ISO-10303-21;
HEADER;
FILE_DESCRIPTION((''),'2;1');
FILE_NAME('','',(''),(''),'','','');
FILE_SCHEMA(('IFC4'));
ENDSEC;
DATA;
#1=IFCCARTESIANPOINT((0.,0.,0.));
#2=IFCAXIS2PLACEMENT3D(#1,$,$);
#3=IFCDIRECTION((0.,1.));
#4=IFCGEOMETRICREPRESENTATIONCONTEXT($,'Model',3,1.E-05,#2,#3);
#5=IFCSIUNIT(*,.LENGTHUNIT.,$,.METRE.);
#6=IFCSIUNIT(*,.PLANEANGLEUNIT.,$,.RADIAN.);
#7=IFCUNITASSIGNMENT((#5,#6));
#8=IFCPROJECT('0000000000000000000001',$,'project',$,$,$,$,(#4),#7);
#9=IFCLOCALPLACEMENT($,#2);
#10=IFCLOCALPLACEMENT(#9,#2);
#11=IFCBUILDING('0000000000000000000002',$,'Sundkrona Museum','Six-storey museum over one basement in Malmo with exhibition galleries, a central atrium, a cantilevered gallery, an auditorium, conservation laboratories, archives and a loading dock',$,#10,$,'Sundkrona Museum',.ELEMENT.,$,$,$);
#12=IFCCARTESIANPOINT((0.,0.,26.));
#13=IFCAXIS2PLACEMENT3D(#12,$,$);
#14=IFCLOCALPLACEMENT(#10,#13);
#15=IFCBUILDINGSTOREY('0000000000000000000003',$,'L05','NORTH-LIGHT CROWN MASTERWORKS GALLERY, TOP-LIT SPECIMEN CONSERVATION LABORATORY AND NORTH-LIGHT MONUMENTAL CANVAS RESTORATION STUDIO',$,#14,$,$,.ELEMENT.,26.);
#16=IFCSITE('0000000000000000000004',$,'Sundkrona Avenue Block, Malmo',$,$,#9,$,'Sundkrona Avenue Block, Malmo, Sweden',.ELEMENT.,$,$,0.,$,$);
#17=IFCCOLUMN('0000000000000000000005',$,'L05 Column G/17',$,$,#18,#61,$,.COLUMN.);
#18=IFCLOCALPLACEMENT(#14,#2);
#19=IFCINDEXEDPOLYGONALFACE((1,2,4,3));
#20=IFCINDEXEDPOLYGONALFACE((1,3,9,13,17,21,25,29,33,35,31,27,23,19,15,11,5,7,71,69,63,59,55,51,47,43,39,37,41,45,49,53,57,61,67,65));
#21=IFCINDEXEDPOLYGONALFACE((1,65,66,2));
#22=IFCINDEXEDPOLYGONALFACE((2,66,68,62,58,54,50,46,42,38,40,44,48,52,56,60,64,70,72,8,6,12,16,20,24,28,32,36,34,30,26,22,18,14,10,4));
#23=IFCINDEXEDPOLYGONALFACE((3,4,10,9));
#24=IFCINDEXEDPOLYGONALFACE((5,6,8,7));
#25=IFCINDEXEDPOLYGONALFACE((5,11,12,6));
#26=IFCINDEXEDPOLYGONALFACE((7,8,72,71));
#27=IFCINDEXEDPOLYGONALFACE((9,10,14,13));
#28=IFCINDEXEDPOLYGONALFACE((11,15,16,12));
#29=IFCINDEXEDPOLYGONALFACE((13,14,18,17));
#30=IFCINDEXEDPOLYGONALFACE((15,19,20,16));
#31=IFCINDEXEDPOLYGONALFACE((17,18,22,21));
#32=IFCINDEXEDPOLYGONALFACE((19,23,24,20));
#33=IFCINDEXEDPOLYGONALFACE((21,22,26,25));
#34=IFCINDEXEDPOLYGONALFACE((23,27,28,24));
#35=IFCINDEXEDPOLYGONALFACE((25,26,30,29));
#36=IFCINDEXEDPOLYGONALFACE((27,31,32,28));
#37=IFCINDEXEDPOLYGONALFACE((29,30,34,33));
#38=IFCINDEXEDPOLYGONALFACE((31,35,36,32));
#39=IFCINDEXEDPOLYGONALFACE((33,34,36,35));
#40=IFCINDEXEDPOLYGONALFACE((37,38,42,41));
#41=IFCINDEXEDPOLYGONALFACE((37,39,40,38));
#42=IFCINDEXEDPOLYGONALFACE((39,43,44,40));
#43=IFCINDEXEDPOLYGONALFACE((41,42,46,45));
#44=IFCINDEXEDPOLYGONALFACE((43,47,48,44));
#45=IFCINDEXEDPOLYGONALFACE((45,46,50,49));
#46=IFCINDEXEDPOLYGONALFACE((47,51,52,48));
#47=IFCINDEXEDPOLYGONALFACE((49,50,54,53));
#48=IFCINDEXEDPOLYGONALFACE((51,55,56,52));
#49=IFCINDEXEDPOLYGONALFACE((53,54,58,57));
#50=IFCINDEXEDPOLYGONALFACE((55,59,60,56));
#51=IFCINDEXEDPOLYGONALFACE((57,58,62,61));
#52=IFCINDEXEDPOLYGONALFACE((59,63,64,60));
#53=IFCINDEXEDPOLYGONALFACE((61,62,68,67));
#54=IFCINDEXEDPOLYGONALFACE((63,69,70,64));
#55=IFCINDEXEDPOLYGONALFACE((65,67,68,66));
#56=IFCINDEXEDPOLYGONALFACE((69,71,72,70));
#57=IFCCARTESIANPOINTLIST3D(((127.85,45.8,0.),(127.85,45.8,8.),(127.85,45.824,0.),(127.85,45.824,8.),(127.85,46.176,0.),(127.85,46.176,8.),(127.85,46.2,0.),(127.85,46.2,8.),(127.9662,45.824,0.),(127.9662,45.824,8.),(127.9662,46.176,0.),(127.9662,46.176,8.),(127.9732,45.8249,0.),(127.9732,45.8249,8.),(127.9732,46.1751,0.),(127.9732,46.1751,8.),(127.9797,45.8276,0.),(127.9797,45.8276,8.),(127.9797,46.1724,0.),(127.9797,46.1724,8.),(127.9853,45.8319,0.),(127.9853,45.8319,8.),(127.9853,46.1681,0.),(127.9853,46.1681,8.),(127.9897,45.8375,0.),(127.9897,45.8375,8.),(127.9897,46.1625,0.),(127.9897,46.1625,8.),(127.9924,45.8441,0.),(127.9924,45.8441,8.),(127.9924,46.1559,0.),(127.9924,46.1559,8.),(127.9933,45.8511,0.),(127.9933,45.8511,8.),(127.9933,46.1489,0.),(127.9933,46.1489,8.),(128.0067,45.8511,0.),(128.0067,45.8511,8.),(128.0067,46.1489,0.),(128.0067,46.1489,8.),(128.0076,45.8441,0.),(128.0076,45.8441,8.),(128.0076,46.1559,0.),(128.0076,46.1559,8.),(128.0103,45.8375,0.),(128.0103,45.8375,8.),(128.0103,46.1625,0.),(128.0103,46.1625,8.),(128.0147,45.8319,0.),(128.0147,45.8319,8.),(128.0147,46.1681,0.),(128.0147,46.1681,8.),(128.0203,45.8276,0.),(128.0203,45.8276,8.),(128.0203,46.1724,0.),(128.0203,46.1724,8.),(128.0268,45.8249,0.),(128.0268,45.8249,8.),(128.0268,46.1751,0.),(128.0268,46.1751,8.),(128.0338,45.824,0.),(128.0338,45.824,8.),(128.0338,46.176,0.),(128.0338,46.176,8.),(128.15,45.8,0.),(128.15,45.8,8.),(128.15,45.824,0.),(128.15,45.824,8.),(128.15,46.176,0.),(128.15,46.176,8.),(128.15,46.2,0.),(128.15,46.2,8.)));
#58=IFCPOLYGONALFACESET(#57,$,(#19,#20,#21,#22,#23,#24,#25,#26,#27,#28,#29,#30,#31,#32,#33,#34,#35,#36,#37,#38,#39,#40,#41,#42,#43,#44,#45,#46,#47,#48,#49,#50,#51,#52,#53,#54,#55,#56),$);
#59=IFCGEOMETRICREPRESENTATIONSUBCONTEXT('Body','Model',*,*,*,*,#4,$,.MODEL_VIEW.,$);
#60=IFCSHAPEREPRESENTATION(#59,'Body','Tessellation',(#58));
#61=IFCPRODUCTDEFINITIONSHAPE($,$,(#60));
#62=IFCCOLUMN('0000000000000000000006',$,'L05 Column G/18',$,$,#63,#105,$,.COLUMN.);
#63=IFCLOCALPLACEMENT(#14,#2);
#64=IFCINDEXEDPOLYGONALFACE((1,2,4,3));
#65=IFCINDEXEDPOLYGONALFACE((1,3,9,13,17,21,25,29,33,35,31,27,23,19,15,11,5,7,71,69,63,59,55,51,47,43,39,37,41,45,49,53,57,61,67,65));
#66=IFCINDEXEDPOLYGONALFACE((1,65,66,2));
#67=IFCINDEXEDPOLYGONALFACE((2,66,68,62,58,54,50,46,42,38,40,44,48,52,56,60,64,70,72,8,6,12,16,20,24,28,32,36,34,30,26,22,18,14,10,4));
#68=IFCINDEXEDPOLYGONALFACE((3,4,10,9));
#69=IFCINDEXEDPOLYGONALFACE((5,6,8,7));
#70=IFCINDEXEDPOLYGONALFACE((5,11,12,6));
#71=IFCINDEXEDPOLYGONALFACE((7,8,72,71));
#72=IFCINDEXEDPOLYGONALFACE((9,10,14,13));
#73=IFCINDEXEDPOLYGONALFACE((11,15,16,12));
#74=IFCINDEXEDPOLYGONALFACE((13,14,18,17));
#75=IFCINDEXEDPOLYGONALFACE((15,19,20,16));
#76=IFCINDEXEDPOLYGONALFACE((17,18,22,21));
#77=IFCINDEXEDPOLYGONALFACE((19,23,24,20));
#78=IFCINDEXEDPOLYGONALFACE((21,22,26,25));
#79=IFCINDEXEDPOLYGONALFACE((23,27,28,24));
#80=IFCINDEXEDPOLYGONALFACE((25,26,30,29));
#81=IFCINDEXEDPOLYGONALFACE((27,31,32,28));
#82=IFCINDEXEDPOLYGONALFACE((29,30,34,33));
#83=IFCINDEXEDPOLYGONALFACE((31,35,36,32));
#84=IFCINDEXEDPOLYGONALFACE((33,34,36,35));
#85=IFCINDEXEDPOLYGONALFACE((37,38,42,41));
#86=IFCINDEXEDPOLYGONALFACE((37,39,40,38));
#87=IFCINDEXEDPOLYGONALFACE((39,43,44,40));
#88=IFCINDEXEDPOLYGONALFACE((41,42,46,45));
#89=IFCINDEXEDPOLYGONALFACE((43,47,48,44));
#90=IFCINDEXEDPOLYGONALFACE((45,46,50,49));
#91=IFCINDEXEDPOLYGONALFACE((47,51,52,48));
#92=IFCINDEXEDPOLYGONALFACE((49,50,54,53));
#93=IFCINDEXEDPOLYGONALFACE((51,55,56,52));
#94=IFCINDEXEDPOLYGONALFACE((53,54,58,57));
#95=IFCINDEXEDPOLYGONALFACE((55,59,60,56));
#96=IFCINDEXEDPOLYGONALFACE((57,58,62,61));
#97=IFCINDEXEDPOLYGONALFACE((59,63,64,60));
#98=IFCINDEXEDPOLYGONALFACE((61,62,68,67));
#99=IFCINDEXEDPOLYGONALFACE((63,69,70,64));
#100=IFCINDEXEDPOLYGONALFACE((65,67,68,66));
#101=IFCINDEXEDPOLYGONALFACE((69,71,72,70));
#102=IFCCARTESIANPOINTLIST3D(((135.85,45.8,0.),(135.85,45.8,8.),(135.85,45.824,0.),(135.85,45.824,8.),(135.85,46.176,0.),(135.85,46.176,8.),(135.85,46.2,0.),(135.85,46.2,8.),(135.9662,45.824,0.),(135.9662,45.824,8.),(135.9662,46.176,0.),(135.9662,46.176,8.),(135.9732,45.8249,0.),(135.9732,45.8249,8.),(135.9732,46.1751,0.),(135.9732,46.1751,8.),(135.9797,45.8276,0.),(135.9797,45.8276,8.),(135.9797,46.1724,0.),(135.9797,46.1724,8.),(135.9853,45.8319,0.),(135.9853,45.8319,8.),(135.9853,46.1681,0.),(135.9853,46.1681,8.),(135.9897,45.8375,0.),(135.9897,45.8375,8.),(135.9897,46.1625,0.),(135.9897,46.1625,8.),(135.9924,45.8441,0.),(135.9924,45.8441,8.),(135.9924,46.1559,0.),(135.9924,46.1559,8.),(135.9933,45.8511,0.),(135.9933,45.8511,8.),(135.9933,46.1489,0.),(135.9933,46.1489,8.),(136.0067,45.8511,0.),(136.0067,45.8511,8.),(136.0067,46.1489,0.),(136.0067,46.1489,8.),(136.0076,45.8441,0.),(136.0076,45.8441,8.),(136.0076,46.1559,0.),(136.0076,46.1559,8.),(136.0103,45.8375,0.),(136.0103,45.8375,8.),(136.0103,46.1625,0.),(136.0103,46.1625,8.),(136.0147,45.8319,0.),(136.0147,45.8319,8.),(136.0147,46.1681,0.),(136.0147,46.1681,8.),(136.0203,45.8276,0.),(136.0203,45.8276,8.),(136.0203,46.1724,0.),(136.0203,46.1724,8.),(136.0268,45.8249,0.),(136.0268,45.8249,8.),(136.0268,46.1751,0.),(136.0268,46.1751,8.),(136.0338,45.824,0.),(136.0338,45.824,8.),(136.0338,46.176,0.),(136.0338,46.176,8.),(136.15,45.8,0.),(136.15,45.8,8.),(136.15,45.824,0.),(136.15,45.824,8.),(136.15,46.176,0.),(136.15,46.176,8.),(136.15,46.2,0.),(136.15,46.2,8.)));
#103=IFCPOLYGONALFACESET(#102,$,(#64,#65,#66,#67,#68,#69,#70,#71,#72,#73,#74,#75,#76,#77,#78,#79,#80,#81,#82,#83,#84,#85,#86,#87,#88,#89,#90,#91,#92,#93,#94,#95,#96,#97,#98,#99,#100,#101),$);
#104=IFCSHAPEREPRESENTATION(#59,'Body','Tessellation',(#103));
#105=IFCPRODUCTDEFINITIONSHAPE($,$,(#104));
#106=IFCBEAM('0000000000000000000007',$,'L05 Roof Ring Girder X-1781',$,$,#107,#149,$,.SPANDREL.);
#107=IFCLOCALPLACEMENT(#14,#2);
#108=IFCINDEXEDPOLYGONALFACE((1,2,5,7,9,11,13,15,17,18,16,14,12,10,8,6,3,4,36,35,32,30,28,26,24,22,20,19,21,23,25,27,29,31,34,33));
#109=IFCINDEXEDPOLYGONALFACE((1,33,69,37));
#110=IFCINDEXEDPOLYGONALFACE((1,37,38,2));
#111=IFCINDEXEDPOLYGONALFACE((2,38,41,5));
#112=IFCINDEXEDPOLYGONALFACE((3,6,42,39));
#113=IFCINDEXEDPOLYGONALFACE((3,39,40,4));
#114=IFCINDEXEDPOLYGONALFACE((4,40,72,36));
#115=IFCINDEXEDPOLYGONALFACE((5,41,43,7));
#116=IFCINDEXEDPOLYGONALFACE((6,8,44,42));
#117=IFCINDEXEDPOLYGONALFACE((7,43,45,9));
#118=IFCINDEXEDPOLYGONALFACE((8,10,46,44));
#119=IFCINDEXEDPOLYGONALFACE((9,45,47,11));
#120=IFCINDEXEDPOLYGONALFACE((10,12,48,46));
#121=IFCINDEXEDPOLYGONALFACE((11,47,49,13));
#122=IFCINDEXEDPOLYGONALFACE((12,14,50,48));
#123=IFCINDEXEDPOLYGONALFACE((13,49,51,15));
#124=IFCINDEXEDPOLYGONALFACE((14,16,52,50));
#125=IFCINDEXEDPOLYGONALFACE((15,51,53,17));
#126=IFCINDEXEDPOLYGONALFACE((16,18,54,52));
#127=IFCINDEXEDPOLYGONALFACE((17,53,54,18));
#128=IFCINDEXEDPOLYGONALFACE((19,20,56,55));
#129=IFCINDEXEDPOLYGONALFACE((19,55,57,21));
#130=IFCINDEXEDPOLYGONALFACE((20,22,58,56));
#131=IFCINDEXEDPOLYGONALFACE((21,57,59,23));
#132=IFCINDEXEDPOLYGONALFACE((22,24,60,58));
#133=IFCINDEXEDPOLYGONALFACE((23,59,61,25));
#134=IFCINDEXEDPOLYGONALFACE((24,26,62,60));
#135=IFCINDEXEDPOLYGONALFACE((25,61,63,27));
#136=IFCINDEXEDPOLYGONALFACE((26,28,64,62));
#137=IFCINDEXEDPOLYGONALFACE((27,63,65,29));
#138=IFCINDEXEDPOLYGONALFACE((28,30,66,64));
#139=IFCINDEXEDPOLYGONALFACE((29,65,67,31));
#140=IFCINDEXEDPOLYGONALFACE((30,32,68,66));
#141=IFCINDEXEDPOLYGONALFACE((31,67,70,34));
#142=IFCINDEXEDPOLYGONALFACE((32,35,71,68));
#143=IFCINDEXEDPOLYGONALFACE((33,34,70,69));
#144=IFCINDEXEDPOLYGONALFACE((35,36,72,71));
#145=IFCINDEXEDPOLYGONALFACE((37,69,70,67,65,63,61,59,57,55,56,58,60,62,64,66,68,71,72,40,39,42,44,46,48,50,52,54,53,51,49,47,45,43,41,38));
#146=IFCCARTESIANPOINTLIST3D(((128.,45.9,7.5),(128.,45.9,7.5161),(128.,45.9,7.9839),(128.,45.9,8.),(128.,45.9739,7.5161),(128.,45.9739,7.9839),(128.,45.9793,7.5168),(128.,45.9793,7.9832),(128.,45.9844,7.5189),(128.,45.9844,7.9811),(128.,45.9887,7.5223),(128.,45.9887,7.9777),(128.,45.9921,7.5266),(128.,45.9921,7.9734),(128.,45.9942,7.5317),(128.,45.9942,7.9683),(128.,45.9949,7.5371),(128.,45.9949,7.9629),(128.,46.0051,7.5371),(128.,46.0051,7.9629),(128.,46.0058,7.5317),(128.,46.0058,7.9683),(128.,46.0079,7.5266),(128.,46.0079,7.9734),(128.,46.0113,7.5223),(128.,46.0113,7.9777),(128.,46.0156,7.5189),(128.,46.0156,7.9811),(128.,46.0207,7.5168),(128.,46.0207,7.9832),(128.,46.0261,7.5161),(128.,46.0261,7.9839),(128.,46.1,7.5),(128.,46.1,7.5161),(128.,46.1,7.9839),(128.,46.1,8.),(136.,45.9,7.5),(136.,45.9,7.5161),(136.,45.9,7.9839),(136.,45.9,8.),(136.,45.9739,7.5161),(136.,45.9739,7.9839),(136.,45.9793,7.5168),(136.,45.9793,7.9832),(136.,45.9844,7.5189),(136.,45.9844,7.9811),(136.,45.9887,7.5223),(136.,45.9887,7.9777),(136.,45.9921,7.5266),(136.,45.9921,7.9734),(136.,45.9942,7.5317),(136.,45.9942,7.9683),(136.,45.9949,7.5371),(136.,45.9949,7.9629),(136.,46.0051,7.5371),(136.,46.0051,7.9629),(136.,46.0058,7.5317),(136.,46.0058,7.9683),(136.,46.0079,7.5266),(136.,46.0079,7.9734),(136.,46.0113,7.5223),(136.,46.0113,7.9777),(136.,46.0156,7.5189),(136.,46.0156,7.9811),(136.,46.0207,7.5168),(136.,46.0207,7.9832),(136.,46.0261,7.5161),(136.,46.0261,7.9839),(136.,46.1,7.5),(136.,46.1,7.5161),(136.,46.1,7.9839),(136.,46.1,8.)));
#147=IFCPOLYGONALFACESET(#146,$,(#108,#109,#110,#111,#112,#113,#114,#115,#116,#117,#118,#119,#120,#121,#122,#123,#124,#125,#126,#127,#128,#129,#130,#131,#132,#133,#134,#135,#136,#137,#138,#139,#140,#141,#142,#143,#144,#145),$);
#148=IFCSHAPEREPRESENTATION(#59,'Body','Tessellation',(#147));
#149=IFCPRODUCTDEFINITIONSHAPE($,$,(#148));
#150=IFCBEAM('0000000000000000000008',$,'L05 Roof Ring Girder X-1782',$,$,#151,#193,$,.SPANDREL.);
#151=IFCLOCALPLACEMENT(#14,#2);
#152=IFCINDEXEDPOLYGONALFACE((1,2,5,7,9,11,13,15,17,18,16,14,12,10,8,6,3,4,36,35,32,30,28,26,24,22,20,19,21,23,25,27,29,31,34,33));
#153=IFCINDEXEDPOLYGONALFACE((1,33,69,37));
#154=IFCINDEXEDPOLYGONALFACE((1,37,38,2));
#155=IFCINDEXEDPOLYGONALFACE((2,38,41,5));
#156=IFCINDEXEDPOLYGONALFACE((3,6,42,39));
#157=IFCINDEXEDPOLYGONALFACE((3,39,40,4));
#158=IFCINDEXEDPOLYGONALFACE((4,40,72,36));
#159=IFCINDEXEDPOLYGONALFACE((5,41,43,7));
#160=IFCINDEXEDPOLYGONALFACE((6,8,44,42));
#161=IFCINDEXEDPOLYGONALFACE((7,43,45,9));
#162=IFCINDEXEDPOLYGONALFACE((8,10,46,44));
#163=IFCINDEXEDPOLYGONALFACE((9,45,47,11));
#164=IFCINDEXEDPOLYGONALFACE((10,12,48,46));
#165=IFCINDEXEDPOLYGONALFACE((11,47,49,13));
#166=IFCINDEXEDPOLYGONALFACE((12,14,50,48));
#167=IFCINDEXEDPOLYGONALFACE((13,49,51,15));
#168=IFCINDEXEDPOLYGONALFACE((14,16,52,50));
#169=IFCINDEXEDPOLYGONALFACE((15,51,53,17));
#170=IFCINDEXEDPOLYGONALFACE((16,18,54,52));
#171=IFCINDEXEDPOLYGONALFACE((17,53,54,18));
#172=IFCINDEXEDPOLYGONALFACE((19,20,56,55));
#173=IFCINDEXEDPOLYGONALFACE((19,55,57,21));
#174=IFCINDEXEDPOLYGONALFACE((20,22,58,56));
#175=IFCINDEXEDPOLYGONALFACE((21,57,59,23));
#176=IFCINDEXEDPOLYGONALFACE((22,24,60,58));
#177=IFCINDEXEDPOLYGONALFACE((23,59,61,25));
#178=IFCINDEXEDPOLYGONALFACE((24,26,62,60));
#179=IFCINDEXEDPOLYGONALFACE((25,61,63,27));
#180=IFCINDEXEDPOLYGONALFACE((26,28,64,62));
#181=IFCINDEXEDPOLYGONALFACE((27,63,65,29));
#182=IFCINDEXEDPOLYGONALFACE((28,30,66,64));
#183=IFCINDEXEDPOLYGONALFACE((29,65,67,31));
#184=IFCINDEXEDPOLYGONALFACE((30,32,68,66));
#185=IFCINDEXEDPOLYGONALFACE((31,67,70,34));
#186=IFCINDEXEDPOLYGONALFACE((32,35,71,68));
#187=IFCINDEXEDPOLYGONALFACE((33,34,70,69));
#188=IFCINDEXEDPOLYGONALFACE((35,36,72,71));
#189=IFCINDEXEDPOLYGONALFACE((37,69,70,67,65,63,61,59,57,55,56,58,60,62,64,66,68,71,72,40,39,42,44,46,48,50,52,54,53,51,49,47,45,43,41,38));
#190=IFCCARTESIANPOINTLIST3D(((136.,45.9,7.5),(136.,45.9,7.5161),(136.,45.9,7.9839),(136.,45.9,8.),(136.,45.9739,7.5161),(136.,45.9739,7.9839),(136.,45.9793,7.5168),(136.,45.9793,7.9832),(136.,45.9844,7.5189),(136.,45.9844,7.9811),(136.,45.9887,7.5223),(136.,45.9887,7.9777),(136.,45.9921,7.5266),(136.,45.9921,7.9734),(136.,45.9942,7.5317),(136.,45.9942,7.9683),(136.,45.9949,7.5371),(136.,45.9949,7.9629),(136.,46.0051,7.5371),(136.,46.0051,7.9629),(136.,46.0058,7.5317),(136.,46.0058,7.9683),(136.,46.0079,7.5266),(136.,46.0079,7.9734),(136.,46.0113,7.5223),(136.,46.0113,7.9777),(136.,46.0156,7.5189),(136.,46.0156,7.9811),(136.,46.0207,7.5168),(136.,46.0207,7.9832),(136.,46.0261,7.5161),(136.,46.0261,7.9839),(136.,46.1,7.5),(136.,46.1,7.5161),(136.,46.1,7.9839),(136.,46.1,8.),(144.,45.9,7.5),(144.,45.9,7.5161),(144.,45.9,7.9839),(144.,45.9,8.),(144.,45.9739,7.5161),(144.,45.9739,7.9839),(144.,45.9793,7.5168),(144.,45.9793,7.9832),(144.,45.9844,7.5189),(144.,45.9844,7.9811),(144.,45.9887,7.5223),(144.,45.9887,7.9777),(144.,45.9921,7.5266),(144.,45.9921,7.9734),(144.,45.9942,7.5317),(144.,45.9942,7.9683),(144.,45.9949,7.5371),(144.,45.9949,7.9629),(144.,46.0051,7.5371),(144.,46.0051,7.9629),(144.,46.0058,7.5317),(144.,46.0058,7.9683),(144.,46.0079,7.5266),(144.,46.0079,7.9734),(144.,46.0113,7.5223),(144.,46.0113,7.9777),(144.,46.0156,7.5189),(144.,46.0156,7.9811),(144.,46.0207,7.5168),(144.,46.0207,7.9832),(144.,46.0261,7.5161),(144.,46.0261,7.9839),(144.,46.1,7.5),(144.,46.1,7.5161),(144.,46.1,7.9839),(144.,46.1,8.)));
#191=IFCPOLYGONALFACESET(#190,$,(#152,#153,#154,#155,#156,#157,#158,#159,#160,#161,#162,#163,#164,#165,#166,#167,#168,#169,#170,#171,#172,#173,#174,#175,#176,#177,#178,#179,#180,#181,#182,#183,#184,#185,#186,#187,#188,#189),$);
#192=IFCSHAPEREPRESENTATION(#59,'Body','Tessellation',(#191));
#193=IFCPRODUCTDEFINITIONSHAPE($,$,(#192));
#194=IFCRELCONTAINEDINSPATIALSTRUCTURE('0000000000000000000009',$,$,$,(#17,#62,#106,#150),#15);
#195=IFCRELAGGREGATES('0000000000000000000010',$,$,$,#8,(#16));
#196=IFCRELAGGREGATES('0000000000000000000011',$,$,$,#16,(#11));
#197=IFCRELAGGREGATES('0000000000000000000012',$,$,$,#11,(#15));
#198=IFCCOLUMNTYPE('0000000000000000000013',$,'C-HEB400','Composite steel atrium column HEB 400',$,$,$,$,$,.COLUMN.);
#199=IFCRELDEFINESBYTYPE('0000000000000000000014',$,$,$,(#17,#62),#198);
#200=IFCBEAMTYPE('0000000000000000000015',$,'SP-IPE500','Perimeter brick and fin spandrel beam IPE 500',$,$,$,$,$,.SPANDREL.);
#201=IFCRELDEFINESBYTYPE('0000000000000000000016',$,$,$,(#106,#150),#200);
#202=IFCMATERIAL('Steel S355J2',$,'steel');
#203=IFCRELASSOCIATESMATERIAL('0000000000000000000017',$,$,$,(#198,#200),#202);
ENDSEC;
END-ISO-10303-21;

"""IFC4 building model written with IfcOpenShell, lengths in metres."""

from ifc_helpers import new_model, si_unit, direction, frame, origin, origin_2d, place, context, subcontext, project, spatial, i_section, extrude, material, material_profile, profile_set, type_object, element, save


model = new_model("IFC4")

# Units and contexts
model_context = context("Model", 3, precision=1e-05, world=origin(), true_north=direction((0.0, 1.0)))
body_context = subcontext(model_context, "Body", "Model", "MODEL_VIEW")
ifc_project = project(units=[si_unit("LENGTHUNIT", "METRE"), si_unit("PLANEANGLEUNIT", "RADIAN")], contexts=[model_context])

# Site, building, storey
site_placement = place(None, origin())
site = spatial("IfcSite", under=ifc_project, at=site_placement, Name="Sundkrona Avenue Block, Malmo", LongName="Sundkrona Avenue Block, Malmo, Sweden", CompositionType="ELEMENT", RefElevation=0.0)
building_placement = place(site_placement, origin())
building = spatial("IfcBuilding", under=site, at=building_placement, Name="Sundkrona Museum", Description="Six-storey museum over one basement in Malmo with exhibition galleries, a central atrium, a cantilevered gallery, an auditorium, conservation laboratories, archives and a loading dock", LongName="Sundkrona Museum", CompositionType="ELEMENT")
storey_placement = place(building_placement, frame((0.0, 0.0, 26.0)))
storey = spatial("IfcBuildingStorey", under=building, at=storey_placement, Name="L05", Description="NORTH-LIGHT CROWN MASTERWORKS GALLERY, TOP-LIT SPECIMEN CONSERVATION LABORATORY AND NORTH-LIGHT MONUMENTAL CANVAS RESTORATION STUDIO", CompositionType="ELEMENT", Elevation=26.0)

# Columns
ifc_material_1 = material(Name="Steel S355J2", Category="steel")
ifc_material_profile_1 = material_profile(ifc_material_1, i_section(OverallWidth=0.3, OverallDepth=0.3999, WebThickness=0.0134, FlangeThickness=0.0239, FilletRadius=0.0271, at=origin_2d()), Name="HEB 400")
ifc_profile_set_1 = profile_set([ifc_material_profile_1], Name="Steel S355J2")
column_type = type_object("IfcColumnType", Name="C-HEB400", Description="Composite steel atrium column HEB 400", PredefinedType="COLUMN", material=ifc_profile_set_1)
for number, where, z_axis, x_axis, name in (
    (1, (128.0, 46.0, 0.0), (0.0, 0.0, 1.0), (1.0, 0.0, 0.0), "L05 Column G/17"),
    (2, (136.0, 46.0, 0.0), (0.0, 0.0, 1.0), (1.0, 0.0, 0.0), "L05 Column G/18"),
):
    element("IfcColumn", number, at=place(storey_placement, frame(where, z_axis=z_axis, x_axis=x_axis)), inside=storey, type_object=column_type, Name=name, PredefinedType="COLUMN", context=body_context, shape_type="SweptSolid", body=[
        extrude(i_section(OverallWidth=0.3, OverallDepth=0.3999, WebThickness=0.0134, FlangeThickness=0.0239, FilletRadius=0.0271, at=origin_2d()), origin(), (0.0, 0.0, 1.0), 8.0),
    ])

# Beams
ifc_material_profile_2 = material_profile(ifc_material_1, i_section(OverallWidth=0.2, OverallDepth=0.5, WebThickness=0.0103, FlangeThickness=0.0161, FilletRadius=0.021, at=origin_2d()), Name="IPE 500")
ifc_profile_set_2 = profile_set([ifc_material_profile_2], Name="Steel S355J2")
beam_type = type_object("IfcBeamType", Name="SP-IPE500", Description="Perimeter brick and fin spandrel beam IPE 500", PredefinedType="SPANDREL", material=ifc_profile_set_2)
for number, where, z_axis, x_axis, name in (
    (3, (128.0, 46.0, 7.75), (1.0, 0.0, 0.0), (0.0, 1.0, 0.0), "L05 Roof Ring Girder X-1781"),
    (4, (136.0, 46.0, 7.75), (1.0, 0.0, 0.0), (0.0, 1.0, 0.0), "L05 Roof Ring Girder X-1782"),
):
    element("IfcBeam", number, at=place(storey_placement, frame(where, z_axis=z_axis, x_axis=x_axis)), inside=storey, type_object=beam_type, Name=name, PredefinedType="SPANDREL", context=body_context, shape_type="SweptSolid", body=[
        extrude(i_section(OverallWidth=0.2, OverallDepth=0.5, WebThickness=0.0103, FlangeThickness=0.0161, FilletRadius=0.021, at=origin_2d()), origin(), (0.0, 0.0, 1.0), 8.0),
    ])

save(model, "model.ifc")
